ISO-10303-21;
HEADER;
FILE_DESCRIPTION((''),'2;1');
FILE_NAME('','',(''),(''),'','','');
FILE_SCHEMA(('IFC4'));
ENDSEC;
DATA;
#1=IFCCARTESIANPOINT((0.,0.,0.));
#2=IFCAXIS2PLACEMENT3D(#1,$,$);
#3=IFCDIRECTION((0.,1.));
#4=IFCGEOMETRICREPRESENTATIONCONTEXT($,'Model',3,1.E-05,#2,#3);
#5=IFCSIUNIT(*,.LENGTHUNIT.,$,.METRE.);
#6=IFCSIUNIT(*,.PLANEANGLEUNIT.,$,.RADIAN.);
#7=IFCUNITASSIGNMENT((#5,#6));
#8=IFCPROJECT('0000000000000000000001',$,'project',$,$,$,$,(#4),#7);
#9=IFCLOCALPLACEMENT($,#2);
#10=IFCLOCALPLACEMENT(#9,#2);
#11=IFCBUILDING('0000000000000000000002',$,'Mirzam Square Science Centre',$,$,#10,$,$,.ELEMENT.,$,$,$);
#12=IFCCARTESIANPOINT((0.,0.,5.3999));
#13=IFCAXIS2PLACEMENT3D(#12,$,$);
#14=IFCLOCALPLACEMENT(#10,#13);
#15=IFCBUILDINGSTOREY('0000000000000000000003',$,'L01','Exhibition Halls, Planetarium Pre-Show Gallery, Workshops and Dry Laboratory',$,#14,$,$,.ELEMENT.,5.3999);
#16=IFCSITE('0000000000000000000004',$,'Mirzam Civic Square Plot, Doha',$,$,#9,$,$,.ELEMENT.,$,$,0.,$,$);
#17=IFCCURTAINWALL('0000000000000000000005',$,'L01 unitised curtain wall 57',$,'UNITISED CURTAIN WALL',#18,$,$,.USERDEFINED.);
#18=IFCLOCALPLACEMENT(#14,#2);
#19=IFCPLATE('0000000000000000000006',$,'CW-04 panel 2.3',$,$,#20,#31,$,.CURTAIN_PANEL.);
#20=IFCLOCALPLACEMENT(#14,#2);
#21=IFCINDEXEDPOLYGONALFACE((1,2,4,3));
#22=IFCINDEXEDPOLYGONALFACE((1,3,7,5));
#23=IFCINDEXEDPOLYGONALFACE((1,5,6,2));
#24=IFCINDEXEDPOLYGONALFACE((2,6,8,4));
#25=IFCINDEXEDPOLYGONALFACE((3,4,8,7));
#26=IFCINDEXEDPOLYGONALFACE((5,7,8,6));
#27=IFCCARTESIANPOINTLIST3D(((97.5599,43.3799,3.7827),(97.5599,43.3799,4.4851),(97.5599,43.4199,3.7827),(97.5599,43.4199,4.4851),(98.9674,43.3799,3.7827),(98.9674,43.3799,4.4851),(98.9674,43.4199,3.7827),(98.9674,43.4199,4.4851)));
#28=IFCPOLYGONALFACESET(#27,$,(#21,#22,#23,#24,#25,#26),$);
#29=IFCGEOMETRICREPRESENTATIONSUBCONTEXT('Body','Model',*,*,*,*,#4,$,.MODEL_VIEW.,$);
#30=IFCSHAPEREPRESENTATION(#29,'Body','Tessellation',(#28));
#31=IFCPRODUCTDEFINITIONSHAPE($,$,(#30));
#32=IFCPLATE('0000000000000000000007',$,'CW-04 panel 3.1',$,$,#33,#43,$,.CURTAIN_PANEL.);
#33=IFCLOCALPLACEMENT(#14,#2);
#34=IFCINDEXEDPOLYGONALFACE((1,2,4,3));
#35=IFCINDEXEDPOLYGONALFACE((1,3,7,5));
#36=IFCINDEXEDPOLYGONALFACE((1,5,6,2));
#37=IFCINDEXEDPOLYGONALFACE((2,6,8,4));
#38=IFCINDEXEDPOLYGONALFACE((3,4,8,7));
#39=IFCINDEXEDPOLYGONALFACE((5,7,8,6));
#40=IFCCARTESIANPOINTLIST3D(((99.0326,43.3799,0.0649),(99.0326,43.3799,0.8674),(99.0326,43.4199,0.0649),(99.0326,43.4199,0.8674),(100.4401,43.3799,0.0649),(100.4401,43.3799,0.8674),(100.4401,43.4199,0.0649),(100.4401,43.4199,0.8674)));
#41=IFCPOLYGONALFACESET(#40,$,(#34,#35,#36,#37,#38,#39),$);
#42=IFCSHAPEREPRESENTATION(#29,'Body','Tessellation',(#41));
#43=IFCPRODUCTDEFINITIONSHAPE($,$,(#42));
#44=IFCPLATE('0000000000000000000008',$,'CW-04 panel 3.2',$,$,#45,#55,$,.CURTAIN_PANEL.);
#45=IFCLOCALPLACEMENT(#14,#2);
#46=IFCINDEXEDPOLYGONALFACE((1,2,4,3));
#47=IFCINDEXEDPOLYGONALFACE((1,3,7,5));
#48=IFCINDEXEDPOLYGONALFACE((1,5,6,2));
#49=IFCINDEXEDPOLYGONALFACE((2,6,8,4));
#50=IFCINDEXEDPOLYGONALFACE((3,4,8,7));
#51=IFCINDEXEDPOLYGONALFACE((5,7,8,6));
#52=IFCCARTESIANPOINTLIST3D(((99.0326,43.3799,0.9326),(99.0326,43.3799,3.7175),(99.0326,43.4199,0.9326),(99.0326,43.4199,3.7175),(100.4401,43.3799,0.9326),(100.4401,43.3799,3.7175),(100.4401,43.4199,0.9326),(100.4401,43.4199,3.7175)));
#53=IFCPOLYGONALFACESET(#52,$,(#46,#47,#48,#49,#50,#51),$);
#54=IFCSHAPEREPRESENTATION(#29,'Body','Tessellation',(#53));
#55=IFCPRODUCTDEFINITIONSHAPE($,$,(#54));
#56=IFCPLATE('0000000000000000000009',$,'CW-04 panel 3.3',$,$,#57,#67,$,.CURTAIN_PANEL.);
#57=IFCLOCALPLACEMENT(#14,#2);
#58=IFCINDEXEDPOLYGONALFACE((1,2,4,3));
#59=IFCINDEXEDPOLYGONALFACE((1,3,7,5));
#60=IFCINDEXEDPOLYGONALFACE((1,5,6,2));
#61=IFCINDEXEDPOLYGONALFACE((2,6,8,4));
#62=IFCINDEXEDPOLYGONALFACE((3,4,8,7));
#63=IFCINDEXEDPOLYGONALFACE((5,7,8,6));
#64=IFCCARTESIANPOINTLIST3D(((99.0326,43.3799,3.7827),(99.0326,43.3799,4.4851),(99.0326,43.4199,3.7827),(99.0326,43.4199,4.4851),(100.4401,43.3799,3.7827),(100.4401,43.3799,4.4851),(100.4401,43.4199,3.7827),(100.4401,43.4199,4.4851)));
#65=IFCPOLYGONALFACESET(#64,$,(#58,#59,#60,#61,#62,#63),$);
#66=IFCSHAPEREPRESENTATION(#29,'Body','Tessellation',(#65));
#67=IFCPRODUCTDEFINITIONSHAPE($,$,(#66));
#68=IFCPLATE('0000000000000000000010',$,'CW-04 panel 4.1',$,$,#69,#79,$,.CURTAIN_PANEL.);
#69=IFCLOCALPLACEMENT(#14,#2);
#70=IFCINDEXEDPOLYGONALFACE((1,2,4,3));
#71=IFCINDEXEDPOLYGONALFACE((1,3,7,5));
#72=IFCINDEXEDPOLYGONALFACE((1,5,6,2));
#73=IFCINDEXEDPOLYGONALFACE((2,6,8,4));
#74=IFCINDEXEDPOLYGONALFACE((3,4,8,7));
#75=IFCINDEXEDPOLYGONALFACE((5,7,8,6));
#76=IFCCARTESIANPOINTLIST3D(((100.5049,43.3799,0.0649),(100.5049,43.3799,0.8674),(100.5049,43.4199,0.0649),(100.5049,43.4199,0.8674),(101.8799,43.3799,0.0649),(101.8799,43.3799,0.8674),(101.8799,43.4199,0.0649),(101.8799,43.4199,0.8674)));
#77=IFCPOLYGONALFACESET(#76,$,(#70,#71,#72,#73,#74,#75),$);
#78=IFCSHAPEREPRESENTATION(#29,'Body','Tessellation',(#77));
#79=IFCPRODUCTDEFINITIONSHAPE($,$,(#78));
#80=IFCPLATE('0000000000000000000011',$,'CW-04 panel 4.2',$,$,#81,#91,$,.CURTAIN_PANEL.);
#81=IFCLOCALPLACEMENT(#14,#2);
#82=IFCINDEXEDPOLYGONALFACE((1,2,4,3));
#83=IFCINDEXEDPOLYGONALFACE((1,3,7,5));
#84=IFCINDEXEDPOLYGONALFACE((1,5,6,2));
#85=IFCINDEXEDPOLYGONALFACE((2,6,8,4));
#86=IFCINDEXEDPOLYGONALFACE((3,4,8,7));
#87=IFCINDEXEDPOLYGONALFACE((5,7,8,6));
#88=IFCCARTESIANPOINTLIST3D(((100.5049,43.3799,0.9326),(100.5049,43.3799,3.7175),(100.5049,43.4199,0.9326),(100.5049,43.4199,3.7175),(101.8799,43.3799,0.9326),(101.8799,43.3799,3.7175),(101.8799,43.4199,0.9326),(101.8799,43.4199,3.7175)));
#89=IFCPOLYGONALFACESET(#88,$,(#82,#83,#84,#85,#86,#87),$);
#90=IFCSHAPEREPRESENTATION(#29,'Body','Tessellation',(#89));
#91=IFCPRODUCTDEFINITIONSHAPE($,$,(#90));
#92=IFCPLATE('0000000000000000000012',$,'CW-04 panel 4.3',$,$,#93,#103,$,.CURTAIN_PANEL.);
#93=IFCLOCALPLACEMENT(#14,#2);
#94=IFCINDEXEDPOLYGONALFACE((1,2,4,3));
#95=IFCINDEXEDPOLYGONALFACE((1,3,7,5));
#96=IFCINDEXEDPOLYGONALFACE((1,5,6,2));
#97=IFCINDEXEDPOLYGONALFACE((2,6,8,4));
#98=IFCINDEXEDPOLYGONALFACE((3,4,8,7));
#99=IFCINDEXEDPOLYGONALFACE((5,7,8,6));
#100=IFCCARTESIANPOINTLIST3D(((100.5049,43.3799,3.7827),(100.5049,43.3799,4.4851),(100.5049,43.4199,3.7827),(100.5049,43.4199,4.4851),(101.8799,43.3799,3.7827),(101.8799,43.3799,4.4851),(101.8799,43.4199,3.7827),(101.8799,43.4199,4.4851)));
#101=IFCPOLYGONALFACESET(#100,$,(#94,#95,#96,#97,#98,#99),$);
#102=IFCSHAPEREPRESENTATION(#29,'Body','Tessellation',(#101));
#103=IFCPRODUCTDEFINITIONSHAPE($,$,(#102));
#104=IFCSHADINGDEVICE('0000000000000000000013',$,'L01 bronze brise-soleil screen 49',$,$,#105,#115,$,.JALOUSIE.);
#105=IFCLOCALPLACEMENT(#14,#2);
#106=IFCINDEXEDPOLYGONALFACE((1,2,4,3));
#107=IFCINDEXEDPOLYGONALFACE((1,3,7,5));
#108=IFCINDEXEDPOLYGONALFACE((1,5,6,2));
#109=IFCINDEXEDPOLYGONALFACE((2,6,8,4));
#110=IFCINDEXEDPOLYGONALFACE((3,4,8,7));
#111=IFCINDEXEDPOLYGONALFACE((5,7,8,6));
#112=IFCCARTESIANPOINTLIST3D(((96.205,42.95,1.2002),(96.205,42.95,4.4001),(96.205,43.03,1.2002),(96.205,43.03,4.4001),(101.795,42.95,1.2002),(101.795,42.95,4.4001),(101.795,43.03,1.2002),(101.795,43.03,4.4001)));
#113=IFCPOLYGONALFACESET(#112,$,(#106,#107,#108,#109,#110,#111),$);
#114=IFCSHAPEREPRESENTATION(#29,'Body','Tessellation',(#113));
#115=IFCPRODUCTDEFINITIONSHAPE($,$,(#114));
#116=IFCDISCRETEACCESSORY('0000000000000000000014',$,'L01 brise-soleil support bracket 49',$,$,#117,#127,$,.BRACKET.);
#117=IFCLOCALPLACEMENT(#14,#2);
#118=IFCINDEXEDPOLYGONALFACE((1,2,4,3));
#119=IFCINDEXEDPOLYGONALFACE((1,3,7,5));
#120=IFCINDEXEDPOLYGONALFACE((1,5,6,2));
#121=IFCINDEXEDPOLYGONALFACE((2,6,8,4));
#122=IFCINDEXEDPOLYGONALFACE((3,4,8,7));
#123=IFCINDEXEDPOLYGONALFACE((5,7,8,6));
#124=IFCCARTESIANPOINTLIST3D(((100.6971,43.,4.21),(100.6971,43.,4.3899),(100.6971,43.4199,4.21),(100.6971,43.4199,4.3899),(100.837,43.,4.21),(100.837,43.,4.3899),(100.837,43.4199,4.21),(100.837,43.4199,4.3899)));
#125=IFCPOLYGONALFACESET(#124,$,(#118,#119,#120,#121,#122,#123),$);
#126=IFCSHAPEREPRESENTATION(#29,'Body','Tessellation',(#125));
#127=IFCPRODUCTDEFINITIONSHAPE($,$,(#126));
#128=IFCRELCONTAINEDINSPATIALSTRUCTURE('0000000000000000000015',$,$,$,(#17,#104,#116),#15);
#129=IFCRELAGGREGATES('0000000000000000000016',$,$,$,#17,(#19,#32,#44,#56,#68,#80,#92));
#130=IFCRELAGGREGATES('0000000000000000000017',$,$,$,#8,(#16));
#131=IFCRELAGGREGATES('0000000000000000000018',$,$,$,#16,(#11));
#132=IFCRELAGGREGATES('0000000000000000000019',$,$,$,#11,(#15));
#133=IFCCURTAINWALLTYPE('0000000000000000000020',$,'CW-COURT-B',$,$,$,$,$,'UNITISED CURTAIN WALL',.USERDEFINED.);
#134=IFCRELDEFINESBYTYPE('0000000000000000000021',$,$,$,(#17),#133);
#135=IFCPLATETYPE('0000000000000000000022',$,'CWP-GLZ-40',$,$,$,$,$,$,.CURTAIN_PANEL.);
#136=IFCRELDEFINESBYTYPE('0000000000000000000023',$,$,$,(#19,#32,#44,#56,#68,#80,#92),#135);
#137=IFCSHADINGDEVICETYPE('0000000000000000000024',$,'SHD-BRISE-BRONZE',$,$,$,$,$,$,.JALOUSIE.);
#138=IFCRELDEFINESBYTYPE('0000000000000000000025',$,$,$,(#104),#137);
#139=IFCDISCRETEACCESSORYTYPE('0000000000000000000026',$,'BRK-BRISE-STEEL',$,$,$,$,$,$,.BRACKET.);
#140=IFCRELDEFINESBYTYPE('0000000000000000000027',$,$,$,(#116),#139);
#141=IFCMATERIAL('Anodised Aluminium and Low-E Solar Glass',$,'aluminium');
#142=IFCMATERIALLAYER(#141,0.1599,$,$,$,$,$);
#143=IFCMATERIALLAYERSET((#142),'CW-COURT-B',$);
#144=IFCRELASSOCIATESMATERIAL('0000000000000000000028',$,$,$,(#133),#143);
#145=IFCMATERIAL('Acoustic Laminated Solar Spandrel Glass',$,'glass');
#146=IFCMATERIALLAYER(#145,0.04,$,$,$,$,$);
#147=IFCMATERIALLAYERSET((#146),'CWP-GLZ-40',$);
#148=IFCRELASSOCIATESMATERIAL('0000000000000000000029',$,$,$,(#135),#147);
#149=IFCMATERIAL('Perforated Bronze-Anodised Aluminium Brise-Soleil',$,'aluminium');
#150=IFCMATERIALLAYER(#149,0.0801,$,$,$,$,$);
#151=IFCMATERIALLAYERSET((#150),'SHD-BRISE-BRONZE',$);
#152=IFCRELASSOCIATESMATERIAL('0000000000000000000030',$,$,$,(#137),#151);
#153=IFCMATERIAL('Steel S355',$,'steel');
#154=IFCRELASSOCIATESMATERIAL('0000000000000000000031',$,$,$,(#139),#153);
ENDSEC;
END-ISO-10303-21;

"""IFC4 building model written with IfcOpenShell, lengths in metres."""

from ifc_helpers import new_model, si_unit, direction, frame, origin, origin_2d, place, context, subcontext, project, spatial, rectangle, extrude, material, layer, layer_set, type_object, element, aggregate, save


model = new_model("IFC4")

# Units and contexts
model_context = context("Model", 3, precision=1e-05, world=origin(), true_north=direction((0.0, 1.0)))
body_context = subcontext(model_context, "Body", "Model", "MODEL_VIEW")
ifc_project = project(units=[si_unit("LENGTHUNIT", "METRE"), si_unit("PLANEANGLEUNIT", "RADIAN")], contexts=[model_context])

# Site, building, storey
site_placement = place(None, origin())
site = spatial("IfcSite", under=ifc_project, at=site_placement, Name="Mirzam Civic Square Plot, Doha", CompositionType="ELEMENT", RefElevation=0.0)
building_placement = place(site_placement, origin())
building = spatial("IfcBuilding", under=site, at=building_placement, Name="Mirzam Square Science Centre", CompositionType="ELEMENT")
storey_placement = place(building_placement, frame((0.0, 0.0, 5.3999)))
storey = spatial("IfcBuildingStorey", under=building, at=storey_placement, Name="L01", Description="Exhibition Halls, Planetarium Pre-Show Gallery, Workshops and Dry Laboratory", CompositionType="ELEMENT", Elevation=5.3999)

# Shared definitions
ifc_material_1 = material(Name="Steel S355", Category="steel")

# Curtain wall, plates
ifc_material_2 = material(Name="Anodised Aluminium and Low-E Solar Glass", Category="aluminium")
ifc_layer_1 = layer(ifc_material_2, 0.1599)
ifc_layer_set_1 = layer_set([ifc_layer_1], Name="CW-COURT-B")
curtain_wall_type = type_object("IfcCurtainWallType", Name="CW-COURT-B", ElementType="UNITISED CURTAIN WALL", PredefinedType="USERDEFINED", material=ifc_layer_set_1)
curtain_wall_placement = place(storey_placement, origin())
curtain_wall = element("IfcCurtainWall", 1, at=curtain_wall_placement, inside=storey, type_object=curtain_wall_type, Name="L01 unitised curtain wall 57", ObjectType="UNITISED CURTAIN WALL", PredefinedType="USERDEFINED")
ifc_material_3 = material(Name="Acoustic Laminated Solar Spandrel Glass", Category="glass")
ifc_layer_2 = layer(ifc_material_3, 0.04)
ifc_layer_set_2 = layer_set([ifc_layer_2], Name="CWP-GLZ-40")
plate_type = type_object("IfcPlateType", Name="CWP-GLZ-40", PredefinedType="CURTAIN_PANEL", material=ifc_layer_set_2)
plate_1_placement = place(storey_placement, frame((98.2637, 43.3999, 3.7827), z_axis=(0.0, 0.0, 1.0), x_axis=(1.0, 0.0, 0.0)))
plate_1 = element("IfcPlate", 2, at=plate_1_placement, type_object=plate_type, Name="CW-04 panel 2.3", PredefinedType="CURTAIN_PANEL", context=body_context, shape_type="SweptSolid", body=[
    extrude(rectangle(XDim=1.4075, YDim=0.04, at=origin_2d()), origin(), (0.0, 0.0, 1.0), 0.7024),
])
plate_2_placement = place(storey_placement, frame((99.7363, 43.3999, 0.0649), z_axis=(0.0, 0.0, 1.0), x_axis=(1.0, 0.0, 0.0)))
plate_2 = element("IfcPlate", 3, at=plate_2_placement, type_object=plate_type, Name="CW-04 panel 3.1", PredefinedType="CURTAIN_PANEL", context=body_context, shape_type="SweptSolid", body=[
    extrude(rectangle(XDim=1.4075, YDim=0.04, at=origin_2d()), origin(), (0.0, 0.0, 1.0), 0.8025),
])
plate_3_placement = place(storey_placement, frame((99.7363, 43.3999, 0.9326), z_axis=(0.0, 0.0, 1.0), x_axis=(1.0, 0.0, 0.0)))
plate_3 = element("IfcPlate", 4, at=plate_3_placement, type_object=plate_type, Name="CW-04 panel 3.2", PredefinedType="CURTAIN_PANEL", context=body_context, shape_type="SweptSolid", body=[
    extrude(rectangle(XDim=1.4075, YDim=0.04, at=origin_2d()), origin(), (0.0, 0.0, 1.0), 2.7849),
])
plate_4_placement = place(storey_placement, frame((99.7363, 43.3999, 3.7827), z_axis=(0.0, 0.0, 1.0), x_axis=(1.0, 0.0, 0.0)))
plate_4 = element("IfcPlate", 5, at=plate_4_placement, type_object=plate_type, Name="CW-04 panel 3.3", PredefinedType="CURTAIN_PANEL", context=body_context, shape_type="SweptSolid", body=[
    extrude(rectangle(XDim=1.4075, YDim=0.04, at=origin_2d()), origin(), (0.0, 0.0, 1.0), 0.7024),
])
plate_5_placement = place(storey_placement, frame((101.1924, 43.3999, 0.0649), z_axis=(0.0, 0.0, 1.0), x_axis=(1.0, 0.0, 0.0)))
plate_5 = element("IfcPlate", 6, at=plate_5_placement, type_object=plate_type, Name="CW-04 panel 4.1", PredefinedType="CURTAIN_PANEL", context=body_context, shape_type="SweptSolid", body=[
    extrude(rectangle(XDim=1.375, YDim=0.04, at=origin_2d()), origin(), (0.0, 0.0, 1.0), 0.8025),
])
plate_6_placement = place(storey_placement, frame((101.1924, 43.3999, 0.9326), z_axis=(0.0, 0.0, 1.0), x_axis=(1.0, 0.0, 0.0)))
plate_6 = element("IfcPlate", 7, at=plate_6_placement, type_object=plate_type, Name="CW-04 panel 4.2", PredefinedType="CURTAIN_PANEL", context=body_context, shape_type="SweptSolid", body=[
    extrude(rectangle(XDim=1.375, YDim=0.04, at=origin_2d()), origin(), (0.0, 0.0, 1.0), 2.7849),
])
plate_7_placement = place(storey_placement, frame((101.1924, 43.3999, 3.7827), z_axis=(0.0, 0.0, 1.0), x_axis=(1.0, 0.0, 0.0)))
plate_7 = element("IfcPlate", 8, at=plate_7_placement, type_object=plate_type, Name="CW-04 panel 4.3", PredefinedType="CURTAIN_PANEL", context=body_context, shape_type="SweptSolid", body=[
    extrude(rectangle(XDim=1.375, YDim=0.04, at=origin_2d()), origin(), (0.0, 0.0, 1.0), 0.7024),
])
aggregate(curtain_wall, [plate_1, plate_2, plate_3, plate_4, plate_5, plate_6, plate_7])

# Shading device
ifc_material_4 = material(Name="Perforated Bronze-Anodised Aluminium Brise-Soleil", Category="aluminium")
ifc_layer_3 = layer(ifc_material_4, 0.0801)
ifc_layer_set_3 = layer_set([ifc_layer_3], Name="SHD-BRISE-BRONZE")
shading_device_type = type_object("IfcShadingDeviceType", Name="SHD-BRISE-BRONZE", PredefinedType="JALOUSIE", material=ifc_layer_set_3)
shading_device_placement = place(storey_placement, frame((99.0, 42.99, 1.2002), z_axis=(0.0, 0.0, 1.0), x_axis=(1.0, 0.0, 0.0)))
element("IfcShadingDevice", 9, at=shading_device_placement, inside=storey, type_object=shading_device_type, Name="L01 bronze brise-soleil screen 49", PredefinedType="JALOUSIE", context=body_context, shape_type="SweptSolid", body=[
    extrude(rectangle(XDim=5.5901, YDim=0.0801, at=origin_2d()), origin(), (0.0, 0.0, 1.0), 3.2),
])

# Discrete accessory
discrete_accessory_type = type_object("IfcDiscreteAccessoryType", Name="BRK-BRISE-STEEL", PredefinedType="BRACKET", material=ifc_material_1)
discrete_accessory_placement = place(storey_placement, frame((100.7671, 43.21, 4.21), z_axis=(0.0, 0.0, 1.0), x_axis=(1.0, 0.0, 0.0)))
element("IfcDiscreteAccessory", 10, at=discrete_accessory_placement, inside=storey, type_object=discrete_accessory_type, Name="L01 brise-soleil support bracket 49", PredefinedType="BRACKET", context=body_context, shape_type="SweptSolid", body=[
    extrude(rectangle(XDim=0.1399, YDim=0.4199, at=origin_2d()), origin(), (0.0, 0.0, 1.0), 0.1799),
])

save(model, "model.ifc")
